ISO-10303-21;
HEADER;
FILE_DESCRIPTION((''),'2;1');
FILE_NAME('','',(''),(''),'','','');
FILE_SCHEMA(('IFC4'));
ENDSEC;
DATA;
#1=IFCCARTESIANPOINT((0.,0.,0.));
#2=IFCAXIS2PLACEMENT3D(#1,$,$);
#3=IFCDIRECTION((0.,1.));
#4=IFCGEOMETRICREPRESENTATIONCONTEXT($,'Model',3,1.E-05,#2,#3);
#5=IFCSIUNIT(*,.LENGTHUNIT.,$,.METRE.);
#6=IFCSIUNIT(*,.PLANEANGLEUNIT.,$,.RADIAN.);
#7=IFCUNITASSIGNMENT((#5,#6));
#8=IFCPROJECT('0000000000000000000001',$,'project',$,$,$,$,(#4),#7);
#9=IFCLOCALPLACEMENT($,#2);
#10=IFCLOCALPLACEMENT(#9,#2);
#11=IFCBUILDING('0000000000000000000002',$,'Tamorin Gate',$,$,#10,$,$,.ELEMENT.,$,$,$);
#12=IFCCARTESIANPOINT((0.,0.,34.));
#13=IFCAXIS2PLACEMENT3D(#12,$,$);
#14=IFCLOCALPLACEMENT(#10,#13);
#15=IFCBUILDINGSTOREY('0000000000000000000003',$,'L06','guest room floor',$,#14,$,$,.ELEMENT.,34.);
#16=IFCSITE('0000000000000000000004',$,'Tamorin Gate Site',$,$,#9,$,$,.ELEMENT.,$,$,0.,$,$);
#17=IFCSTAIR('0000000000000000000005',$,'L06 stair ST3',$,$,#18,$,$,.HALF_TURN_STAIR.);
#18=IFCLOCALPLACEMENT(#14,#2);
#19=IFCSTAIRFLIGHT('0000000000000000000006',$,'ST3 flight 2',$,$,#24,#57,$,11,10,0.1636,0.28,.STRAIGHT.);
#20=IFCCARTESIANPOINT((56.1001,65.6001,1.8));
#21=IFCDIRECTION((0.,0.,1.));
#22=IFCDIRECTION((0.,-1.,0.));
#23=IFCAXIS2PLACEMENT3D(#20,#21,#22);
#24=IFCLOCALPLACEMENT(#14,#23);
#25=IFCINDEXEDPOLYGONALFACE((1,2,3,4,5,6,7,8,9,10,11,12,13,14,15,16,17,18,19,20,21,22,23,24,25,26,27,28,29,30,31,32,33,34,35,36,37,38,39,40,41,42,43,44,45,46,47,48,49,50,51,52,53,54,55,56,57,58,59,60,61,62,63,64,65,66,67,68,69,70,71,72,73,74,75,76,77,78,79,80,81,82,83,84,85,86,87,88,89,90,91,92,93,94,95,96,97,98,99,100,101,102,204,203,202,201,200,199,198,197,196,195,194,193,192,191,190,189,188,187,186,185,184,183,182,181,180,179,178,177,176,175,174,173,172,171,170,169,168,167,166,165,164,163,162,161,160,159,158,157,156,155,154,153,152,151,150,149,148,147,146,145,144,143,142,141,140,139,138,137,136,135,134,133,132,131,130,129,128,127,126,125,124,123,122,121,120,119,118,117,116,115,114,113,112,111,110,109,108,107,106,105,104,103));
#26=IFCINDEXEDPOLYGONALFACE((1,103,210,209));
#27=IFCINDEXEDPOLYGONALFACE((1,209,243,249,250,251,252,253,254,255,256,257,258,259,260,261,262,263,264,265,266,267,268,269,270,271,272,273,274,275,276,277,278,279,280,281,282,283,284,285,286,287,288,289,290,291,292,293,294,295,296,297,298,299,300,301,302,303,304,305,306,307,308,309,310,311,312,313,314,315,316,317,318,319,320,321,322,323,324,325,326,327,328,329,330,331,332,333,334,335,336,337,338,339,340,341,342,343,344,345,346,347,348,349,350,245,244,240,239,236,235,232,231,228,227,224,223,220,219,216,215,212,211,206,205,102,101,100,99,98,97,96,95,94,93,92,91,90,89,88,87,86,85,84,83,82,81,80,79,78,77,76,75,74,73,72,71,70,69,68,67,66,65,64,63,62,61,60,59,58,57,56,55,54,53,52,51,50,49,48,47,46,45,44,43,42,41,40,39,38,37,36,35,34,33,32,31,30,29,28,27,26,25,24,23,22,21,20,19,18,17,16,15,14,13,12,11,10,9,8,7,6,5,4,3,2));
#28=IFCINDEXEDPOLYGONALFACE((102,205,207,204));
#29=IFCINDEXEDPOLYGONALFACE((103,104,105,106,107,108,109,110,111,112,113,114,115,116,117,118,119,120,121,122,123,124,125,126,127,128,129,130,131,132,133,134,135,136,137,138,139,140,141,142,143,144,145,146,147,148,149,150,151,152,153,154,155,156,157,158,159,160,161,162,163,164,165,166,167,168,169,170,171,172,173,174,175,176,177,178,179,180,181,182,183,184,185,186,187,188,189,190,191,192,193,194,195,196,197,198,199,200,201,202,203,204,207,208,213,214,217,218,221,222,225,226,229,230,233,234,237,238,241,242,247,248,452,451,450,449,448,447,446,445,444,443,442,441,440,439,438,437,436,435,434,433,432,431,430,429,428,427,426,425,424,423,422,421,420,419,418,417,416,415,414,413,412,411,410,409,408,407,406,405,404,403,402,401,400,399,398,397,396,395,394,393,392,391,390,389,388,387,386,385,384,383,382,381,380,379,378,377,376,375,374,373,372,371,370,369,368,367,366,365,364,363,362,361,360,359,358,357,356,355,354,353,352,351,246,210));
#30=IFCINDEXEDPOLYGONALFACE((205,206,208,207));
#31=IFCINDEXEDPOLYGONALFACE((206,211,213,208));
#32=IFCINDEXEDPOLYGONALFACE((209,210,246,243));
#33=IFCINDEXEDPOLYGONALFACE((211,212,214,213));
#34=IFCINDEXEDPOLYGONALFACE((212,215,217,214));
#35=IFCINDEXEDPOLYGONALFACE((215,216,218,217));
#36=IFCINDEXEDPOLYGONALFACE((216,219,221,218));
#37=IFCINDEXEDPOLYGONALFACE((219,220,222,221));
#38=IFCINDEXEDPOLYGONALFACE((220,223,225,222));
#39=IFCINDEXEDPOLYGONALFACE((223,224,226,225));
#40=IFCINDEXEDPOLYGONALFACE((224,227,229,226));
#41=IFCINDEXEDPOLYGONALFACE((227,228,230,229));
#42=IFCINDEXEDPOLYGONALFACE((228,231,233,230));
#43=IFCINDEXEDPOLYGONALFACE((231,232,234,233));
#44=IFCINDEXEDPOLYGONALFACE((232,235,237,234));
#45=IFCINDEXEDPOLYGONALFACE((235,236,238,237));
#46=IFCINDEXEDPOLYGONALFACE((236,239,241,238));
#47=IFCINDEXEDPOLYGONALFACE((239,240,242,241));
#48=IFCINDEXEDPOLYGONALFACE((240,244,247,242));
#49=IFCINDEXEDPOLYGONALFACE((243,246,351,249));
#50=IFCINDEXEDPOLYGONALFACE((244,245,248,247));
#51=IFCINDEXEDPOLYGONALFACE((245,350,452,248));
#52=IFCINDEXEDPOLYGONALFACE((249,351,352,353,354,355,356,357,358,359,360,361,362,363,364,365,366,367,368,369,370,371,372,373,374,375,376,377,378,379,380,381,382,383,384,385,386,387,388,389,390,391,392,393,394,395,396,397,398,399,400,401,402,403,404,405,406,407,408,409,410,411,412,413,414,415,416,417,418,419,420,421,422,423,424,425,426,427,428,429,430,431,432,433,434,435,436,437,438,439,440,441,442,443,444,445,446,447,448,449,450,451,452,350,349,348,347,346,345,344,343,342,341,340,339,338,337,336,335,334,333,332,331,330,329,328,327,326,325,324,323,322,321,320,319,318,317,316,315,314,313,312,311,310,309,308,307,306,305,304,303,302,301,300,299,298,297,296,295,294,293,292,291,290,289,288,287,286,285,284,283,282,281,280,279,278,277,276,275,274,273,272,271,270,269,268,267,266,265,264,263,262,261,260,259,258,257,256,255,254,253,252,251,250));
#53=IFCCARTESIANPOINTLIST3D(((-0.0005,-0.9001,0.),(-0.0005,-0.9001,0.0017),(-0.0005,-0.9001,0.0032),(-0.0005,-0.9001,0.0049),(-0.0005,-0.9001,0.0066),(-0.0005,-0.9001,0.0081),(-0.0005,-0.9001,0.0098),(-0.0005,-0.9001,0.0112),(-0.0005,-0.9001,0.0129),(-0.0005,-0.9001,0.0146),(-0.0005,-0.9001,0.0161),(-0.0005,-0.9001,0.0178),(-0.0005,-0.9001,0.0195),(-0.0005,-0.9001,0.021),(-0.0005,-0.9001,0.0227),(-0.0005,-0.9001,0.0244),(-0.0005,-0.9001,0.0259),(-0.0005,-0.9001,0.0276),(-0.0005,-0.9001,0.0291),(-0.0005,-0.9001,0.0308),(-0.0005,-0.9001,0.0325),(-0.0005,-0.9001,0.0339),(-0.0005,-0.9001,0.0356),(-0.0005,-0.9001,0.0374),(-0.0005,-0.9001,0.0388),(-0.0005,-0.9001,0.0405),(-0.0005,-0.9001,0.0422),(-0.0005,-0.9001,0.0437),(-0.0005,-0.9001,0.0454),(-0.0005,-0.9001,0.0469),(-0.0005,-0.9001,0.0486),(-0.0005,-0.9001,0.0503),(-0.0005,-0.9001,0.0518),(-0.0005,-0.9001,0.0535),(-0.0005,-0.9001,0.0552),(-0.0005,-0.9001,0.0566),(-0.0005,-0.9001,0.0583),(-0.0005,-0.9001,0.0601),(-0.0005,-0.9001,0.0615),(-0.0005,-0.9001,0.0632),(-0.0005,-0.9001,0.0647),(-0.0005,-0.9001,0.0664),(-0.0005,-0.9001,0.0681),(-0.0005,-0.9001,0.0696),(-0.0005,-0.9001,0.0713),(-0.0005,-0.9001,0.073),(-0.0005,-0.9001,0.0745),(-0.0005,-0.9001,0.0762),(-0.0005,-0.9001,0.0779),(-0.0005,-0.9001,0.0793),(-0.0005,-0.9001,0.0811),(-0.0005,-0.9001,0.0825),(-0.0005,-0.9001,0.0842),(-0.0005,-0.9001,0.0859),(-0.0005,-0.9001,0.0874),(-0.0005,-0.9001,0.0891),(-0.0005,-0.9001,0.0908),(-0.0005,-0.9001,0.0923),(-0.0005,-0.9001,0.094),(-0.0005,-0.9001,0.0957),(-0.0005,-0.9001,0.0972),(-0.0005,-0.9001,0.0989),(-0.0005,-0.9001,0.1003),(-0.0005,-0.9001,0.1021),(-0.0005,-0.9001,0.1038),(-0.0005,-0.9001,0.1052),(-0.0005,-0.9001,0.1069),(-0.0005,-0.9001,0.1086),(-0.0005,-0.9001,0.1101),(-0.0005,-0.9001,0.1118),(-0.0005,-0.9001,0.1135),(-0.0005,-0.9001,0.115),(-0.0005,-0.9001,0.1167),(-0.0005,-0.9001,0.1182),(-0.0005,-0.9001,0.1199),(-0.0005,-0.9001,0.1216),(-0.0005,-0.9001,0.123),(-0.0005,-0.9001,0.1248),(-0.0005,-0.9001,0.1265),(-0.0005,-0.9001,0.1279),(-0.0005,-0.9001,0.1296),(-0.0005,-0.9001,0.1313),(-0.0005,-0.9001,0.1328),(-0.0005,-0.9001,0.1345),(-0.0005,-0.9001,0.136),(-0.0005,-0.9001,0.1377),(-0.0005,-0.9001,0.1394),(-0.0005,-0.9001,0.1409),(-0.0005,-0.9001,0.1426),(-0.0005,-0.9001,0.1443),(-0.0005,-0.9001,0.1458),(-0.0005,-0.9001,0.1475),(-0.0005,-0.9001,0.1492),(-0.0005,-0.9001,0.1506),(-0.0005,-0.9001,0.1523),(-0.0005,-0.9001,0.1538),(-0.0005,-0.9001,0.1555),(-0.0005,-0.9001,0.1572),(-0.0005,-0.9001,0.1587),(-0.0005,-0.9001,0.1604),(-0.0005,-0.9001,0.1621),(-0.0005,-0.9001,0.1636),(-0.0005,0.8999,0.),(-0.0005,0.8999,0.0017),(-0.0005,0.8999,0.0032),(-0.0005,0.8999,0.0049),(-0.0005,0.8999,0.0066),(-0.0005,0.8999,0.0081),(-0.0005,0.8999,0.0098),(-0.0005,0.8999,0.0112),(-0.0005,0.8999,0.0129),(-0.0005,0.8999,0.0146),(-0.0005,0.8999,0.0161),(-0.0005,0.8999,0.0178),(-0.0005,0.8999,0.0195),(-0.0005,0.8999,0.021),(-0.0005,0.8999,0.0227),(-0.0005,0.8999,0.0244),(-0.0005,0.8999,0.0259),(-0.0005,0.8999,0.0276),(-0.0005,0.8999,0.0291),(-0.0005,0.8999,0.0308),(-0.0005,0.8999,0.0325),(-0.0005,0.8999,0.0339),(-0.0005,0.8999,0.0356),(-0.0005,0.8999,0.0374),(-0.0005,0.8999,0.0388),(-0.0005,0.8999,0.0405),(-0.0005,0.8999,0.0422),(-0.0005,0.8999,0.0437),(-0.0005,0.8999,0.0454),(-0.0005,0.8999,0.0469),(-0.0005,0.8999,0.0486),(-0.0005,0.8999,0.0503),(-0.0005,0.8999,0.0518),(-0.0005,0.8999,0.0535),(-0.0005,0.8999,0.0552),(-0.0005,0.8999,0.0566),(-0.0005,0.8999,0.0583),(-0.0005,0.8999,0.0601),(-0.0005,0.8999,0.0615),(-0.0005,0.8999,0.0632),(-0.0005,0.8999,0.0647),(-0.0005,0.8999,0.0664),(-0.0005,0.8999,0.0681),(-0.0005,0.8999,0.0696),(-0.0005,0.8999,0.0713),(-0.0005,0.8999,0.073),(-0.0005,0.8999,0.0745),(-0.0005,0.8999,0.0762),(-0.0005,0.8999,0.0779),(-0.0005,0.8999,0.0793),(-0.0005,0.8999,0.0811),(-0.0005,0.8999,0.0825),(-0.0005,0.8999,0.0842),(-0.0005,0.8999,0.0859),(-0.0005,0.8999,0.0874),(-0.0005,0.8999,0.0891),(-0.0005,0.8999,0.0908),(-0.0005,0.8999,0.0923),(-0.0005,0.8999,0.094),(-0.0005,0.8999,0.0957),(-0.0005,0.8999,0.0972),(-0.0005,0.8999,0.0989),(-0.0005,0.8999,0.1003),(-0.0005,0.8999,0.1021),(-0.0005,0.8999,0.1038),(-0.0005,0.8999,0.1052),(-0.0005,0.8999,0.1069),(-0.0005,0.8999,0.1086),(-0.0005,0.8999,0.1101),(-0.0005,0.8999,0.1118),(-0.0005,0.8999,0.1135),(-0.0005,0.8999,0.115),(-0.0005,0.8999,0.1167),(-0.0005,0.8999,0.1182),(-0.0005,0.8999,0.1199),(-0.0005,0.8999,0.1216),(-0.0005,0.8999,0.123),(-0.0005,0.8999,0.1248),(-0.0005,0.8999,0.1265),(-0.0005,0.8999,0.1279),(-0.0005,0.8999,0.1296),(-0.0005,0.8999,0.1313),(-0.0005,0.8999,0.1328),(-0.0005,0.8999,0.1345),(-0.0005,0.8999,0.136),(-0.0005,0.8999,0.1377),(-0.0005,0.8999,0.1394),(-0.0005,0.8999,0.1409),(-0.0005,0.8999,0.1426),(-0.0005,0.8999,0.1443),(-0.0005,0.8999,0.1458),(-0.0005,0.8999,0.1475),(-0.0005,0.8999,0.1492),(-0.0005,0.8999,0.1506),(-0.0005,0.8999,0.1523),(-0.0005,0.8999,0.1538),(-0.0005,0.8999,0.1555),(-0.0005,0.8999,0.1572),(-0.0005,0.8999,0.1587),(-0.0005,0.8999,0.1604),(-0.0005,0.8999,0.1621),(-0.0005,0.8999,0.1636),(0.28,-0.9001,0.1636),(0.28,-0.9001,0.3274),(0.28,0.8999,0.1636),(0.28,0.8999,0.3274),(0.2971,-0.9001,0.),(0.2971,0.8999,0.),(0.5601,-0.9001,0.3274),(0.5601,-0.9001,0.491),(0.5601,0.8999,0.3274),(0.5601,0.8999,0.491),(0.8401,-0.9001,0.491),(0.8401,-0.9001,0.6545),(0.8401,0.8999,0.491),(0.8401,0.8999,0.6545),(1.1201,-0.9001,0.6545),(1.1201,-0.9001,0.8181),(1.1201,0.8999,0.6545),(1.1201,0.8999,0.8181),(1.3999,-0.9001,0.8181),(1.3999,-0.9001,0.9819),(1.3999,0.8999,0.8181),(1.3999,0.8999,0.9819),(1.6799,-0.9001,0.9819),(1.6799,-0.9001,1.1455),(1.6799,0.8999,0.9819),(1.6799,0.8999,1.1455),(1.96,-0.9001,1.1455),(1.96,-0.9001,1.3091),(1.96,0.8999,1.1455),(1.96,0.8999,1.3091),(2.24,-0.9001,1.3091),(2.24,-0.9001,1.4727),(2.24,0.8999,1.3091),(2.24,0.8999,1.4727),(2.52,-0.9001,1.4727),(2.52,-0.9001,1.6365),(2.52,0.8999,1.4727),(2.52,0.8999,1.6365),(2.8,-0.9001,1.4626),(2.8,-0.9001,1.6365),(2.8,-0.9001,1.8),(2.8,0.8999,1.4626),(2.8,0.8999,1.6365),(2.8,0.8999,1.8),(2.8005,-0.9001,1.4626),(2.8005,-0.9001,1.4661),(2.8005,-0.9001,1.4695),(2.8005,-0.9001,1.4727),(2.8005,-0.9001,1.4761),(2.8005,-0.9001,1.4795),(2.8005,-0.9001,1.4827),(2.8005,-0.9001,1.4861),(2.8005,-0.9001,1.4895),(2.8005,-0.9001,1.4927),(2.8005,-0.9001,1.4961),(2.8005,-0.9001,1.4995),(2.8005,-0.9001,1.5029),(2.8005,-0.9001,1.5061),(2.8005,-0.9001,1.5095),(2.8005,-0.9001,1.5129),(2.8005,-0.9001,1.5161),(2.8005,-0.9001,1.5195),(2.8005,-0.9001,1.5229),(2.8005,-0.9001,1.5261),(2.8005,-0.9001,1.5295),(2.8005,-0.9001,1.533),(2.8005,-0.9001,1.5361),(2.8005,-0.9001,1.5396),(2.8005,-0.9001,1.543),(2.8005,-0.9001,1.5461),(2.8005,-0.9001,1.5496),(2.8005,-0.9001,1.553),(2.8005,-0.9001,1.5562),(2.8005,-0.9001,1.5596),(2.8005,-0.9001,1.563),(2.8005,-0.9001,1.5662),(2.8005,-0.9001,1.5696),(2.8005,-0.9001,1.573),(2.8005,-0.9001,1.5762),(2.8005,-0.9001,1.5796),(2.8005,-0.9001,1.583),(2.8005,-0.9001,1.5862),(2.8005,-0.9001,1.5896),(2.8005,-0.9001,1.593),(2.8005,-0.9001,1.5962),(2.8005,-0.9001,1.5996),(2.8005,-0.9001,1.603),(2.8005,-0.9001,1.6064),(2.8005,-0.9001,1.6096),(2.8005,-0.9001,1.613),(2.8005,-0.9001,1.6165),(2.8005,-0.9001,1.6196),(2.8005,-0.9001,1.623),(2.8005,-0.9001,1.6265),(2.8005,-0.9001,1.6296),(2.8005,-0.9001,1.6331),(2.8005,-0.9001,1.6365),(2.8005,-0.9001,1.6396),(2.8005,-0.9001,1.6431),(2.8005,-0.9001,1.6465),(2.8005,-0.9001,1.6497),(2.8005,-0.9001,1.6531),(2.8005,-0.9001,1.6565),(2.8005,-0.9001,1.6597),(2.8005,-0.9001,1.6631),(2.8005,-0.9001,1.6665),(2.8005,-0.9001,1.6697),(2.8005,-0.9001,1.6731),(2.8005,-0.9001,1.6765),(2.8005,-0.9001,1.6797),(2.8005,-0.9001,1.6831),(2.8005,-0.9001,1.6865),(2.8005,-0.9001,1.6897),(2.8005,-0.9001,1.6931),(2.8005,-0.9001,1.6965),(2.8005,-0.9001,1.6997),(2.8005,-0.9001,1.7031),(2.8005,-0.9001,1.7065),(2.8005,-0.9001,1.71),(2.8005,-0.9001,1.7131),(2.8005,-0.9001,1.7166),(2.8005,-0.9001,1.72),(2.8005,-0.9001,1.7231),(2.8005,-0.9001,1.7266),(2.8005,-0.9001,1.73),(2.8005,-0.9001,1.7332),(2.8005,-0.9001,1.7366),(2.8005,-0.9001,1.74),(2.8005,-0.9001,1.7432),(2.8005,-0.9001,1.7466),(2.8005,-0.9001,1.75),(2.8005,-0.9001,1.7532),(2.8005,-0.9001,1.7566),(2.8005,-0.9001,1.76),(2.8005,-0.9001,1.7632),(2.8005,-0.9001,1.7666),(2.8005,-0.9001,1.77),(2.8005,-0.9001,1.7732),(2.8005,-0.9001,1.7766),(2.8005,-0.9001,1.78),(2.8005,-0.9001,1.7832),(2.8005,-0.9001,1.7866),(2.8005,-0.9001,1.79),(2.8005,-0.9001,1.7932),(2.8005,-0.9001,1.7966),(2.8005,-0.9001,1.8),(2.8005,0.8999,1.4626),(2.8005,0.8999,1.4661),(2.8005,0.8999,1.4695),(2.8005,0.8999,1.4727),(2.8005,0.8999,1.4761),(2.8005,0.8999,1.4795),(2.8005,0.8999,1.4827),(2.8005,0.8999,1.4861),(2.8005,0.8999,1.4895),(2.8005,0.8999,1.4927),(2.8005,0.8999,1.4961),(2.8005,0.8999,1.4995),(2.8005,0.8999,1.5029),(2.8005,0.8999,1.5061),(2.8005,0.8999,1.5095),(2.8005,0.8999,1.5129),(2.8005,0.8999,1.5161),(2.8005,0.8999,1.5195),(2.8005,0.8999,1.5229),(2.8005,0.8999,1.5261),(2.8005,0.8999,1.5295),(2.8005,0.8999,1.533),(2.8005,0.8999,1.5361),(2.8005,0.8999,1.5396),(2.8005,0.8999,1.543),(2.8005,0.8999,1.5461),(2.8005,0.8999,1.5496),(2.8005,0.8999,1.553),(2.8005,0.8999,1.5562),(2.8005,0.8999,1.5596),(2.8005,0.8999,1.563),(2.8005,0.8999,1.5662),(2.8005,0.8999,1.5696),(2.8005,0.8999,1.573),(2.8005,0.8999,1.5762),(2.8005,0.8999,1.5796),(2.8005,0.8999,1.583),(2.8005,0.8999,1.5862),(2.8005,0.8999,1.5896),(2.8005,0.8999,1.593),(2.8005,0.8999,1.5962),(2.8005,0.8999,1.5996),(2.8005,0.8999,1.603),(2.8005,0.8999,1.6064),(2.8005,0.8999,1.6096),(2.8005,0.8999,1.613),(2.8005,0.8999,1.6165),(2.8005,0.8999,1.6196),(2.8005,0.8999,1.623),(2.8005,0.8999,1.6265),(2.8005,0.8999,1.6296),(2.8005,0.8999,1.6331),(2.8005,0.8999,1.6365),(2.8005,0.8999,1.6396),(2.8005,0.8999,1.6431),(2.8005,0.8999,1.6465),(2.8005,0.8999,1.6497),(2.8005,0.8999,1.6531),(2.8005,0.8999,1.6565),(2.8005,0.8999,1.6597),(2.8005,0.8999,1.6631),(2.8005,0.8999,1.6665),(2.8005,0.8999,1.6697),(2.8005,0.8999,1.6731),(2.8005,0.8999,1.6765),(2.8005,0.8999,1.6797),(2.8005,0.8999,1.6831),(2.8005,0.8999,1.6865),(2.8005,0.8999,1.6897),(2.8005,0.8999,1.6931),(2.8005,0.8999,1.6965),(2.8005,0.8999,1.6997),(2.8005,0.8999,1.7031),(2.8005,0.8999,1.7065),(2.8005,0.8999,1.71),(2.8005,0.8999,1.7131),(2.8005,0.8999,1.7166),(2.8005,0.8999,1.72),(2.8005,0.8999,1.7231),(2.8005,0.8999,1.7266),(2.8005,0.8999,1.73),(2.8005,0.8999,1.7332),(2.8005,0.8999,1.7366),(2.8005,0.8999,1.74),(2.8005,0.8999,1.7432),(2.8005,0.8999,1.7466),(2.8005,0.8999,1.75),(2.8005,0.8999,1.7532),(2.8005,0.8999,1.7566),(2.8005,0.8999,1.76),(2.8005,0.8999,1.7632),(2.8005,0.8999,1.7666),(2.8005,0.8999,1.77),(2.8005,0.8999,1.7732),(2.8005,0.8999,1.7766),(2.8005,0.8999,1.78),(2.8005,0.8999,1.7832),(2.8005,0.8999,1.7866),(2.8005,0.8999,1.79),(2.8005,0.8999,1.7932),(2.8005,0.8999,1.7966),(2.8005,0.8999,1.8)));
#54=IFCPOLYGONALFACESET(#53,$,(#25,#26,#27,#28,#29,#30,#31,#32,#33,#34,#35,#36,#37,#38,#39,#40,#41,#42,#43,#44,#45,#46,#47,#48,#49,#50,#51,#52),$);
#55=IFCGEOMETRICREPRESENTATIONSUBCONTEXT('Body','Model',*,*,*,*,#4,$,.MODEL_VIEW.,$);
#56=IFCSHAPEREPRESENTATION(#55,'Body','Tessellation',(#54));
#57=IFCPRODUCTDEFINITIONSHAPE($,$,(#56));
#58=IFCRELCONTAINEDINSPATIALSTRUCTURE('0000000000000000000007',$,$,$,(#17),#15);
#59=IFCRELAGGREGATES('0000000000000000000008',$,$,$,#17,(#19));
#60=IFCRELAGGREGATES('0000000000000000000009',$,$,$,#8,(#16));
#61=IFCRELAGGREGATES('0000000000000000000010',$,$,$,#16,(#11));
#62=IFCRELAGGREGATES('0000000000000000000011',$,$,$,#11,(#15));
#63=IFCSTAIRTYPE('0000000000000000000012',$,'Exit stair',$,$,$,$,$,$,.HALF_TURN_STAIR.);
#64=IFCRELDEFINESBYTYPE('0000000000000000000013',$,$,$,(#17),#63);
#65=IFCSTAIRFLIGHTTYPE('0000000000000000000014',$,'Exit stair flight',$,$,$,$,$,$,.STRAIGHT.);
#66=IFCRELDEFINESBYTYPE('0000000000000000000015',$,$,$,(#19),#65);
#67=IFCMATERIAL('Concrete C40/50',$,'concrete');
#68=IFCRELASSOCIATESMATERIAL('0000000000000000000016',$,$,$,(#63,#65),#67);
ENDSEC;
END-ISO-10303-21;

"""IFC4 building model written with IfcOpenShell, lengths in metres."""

from ifc_helpers import new_model, si_unit, direction, frame, origin, place, context, subcontext, project, spatial, polyline, outline, extrude, material, type_object, element, aggregate, save


model = new_model("IFC4")

# Units and contexts
model_context = context("Model", 3, precision=1e-05, world=origin(), true_north=direction((0.0, 1.0)))
body_context = subcontext(model_context, "Body", "Model", "MODEL_VIEW")
ifc_project = project(units=[si_unit("LENGTHUNIT", "METRE"), si_unit("PLANEANGLEUNIT", "RADIAN")], contexts=[model_context])

# Site, building, storey
site_placement = place(None, origin())
site = spatial("IfcSite", under=ifc_project, at=site_placement, Name="Tamorin Gate Site", CompositionType="ELEMENT", RefElevation=0.0)
building_placement = place(site_placement, origin())
building = spatial("IfcBuilding", under=site, at=building_placement, Name="Tamorin Gate", CompositionType="ELEMENT")
storey_placement = place(building_placement, frame((0.0, 0.0, 34.0)))
storey = spatial("IfcBuildingStorey", under=building, at=storey_placement, Name="L06", Description="guest room floor", CompositionType="ELEMENT", Elevation=34.0)

# Shared definitions
ifc_material_1 = material(Name="Concrete C40/50", Category="concrete")

# Stair, stair flight
stair_type = type_object("IfcStairType", Name="Exit stair", PredefinedType="HALF_TURN_STAIR", material=ifc_material_1)
stair_placement = place(storey_placement, origin())
stair = element("IfcStair", 1, at=stair_placement, inside=storey, type_object=stair_type, Name="L06 stair ST3", PredefinedType="HALF_TURN_STAIR")
stair_flight_type = type_object("IfcStairFlightType", Name="Exit stair flight", PredefinedType="STRAIGHT", material=ifc_material_1)
stair_flight_1_placement = place(storey_placement, frame((56.1001, 65.6001, 1.8), z_axis=(0.0, 0.0, 1.0), x_axis=(0.0, -1.0, 0.0)))
stair_flight_1 = element("IfcStairFlight", 2, at=stair_flight_1_placement, type_object=stair_flight_type, Name="ST3 flight 2", NumberOfRisers=11, NumberOfTreads=10, PredefinedType="STRAIGHT", RiserHeight=0.1636, TreadLength=0.28, context=body_context, shape_type="SweptSolid", body=[
    extrude(outline(polyline([(-0.0005, 0.0), (-0.0005, 0.0017), (-0.0005, 0.0032), (-0.0005, 0.0049), (-0.0005, 0.0066), (-0.0005, 0.0081), (-0.0005, 0.0098), (-0.0005, 0.0112), (-0.0005, 0.0129), (-0.0005, 0.0146), (-0.0005, 0.0161), (-0.0005, 0.0178), (-0.0005, 0.0195), (-0.0005, 0.021), (-0.0005, 0.0227), (-0.0005, 0.0244), (-0.0005, 0.0259), (-0.0005, 0.0276), (-0.0005, 0.0291), (-0.0005, 0.0308), (-0.0005, 0.0325), (-0.0005, 0.0339), (-0.0005, 0.0356), (-0.0005, 0.0374), (-0.0005, 0.0388), (-0.0005, 0.0405), (-0.0005, 0.0422), (-0.0005, 0.0437), (-0.0005, 0.0454), (-0.0005, 0.0469), (-0.0005, 0.0486), (-0.0005, 0.0503), (-0.0005, 0.0518), (-0.0005, 0.0535), (-0.0005, 0.0552), (-0.0005, 0.0566), (-0.0005, 0.0583), (-0.0005, 0.0601), (-0.0005, 0.0615), (-0.0005, 0.0632), (-0.0005, 0.0647), (-0.0005, 0.0664), (-0.0005, 0.0681), (-0.0005, 0.0696), (-0.0005, 0.0713), (-0.0005, 0.073), (-0.0005, 0.0745), (-0.0005, 0.0762), (-0.0005, 0.0779), (-0.0005, 0.0793), (-0.0005, 0.0811), (-0.0005, 0.0825), (-0.0005, 0.0842), (-0.0005, 0.0859), (-0.0005, 0.0874), (-0.0005, 0.0891), (-0.0005, 0.0908), (-0.0005, 0.0923), (-0.0005, 0.094), (-0.0005, 0.0957), (-0.0005, 0.0972), (-0.0005, 0.0989), (-0.0005, 0.1003), (-0.0005, 0.1021), (-0.0005, 0.1038), (-0.0005, 0.1052), (-0.0005, 0.1069), (-0.0005, 0.1086), (-0.0005, 0.1101), (-0.0005, 0.1118), (-0.0005, 0.1135), (-0.0005, 0.115), (-0.0005, 0.1167), (-0.0005, 0.1182), (-0.0005, 0.1199), (-0.0005, 0.1216), (-0.0005, 0.123), (-0.0005, 0.1248), (-0.0005, 0.1265), (-0.0005, 0.1279), (-0.0005, 0.1296), (-0.0005, 0.1313), (-0.0005, 0.1328), (-0.0005, 0.1345), (-0.0005, 0.136), (-0.0005, 0.1377), (-0.0005, 0.1394), (-0.0005, 0.1409), (-0.0005, 0.1426), (-0.0005, 0.1443), (-0.0005, 0.1458), (-0.0005, 0.1475), (-0.0005, 0.1492), (-0.0005, 0.1506), (-0.0005, 0.1523), (-0.0005, 0.1538), (-0.0005, 0.1555), (-0.0005, 0.1572), (-0.0005, 0.1587), (-0.0005, 0.1604), (-0.0005, 0.1621), (-0.0005, 0.1636), (0.28, 0.1636), (0.28, 0.3274), (0.5601, 0.3274), (0.5601, 0.491), (0.8401, 0.491), (0.8401, 0.6545), (1.1201, 0.6545), (1.1201, 0.8181), (1.3999, 0.8181), (1.3999, 0.9819), (1.6799, 0.9819), (1.6799, 1.1455), (1.96, 1.1455), (1.96, 1.3091), (2.24, 1.3091), (2.24, 1.4727), (2.52, 1.4727), (2.52, 1.6365), (2.8, 1.6365), (2.8, 1.8), (2.8005, 1.8), (2.8005, 1.7966), (2.8005, 1.7932), (2.8005, 1.79), (2.8005, 1.7866), (2.8005, 1.7832), (2.8005, 1.78), (2.8005, 1.7766), (2.8005, 1.7732), (2.8005, 1.77), (2.8005, 1.7666), (2.8005, 1.7632), (2.8005, 1.76), (2.8005, 1.7566), (2.8005, 1.7532), (2.8005, 1.75), (2.8005, 1.7466), (2.8005, 1.7432), (2.8005, 1.74), (2.8005, 1.7366), (2.8005, 1.7332), (2.8005, 1.73), (2.8005, 1.7266), (2.8005, 1.7231), (2.8005, 1.72), (2.8005, 1.7166), (2.8005, 1.7131), (2.8005, 1.71), (2.8005, 1.7065), (2.8005, 1.7031), (2.8005, 1.6997), (2.8005, 1.6965), (2.8005, 1.6931), (2.8005, 1.6897), (2.8005, 1.6865), (2.8005, 1.6831), (2.8005, 1.6797), (2.8005, 1.6765), (2.8005, 1.6731), (2.8005, 1.6697), (2.8005, 1.6665), (2.8005, 1.6631), (2.8005, 1.6597), (2.8005, 1.6565), (2.8005, 1.6531), (2.8005, 1.6497), (2.8005, 1.6465), (2.8005, 1.6431), (2.8005, 1.6396), (2.8005, 1.6365), (2.8005, 1.6331), (2.8005, 1.6296), (2.8005, 1.6265), (2.8005, 1.623), (2.8005, 1.6196), (2.8005, 1.6165), (2.8005, 1.613), (2.8005, 1.6096), (2.8005, 1.6064), (2.8005, 1.603), (2.8005, 1.5996), (2.8005, 1.5962), (2.8005, 1.593), (2.8005, 1.5896), (2.8005, 1.5862), (2.8005, 1.583), (2.8005, 1.5796), (2.8005, 1.5762), (2.8005, 1.573), (2.8005, 1.5696), (2.8005, 1.5662), (2.8005, 1.563), (2.8005, 1.5596), (2.8005, 1.5562), (2.8005, 1.553), (2.8005, 1.5496), (2.8005, 1.5461), (2.8005, 1.543), (2.8005, 1.5396), (2.8005, 1.5361), (2.8005, 1.533), (2.8005, 1.5295), (2.8005, 1.5261), (2.8005, 1.5229), (2.8005, 1.5195), (2.8005, 1.5161), (2.8005, 1.5129), (2.8005, 1.5095), (2.8005, 1.5061), (2.8005, 1.5029), (2.8005, 1.4995), (2.8005, 1.4961), (2.8005, 1.4927), (2.8005, 1.4895), (2.8005, 1.4861), (2.8005, 1.4827), (2.8005, 1.4795), (2.8005, 1.4761), (2.8005, 1.4727), (2.8005, 1.4695), (2.8005, 1.4661), (2.8005, 1.4626), (2.8, 1.4626), (0.2971, 0.0), (-0.0005, 0.0)])), frame((0.0, 0.8999, 0.0), z_axis=(0.0, -1.0, 0.0), x_axis=(1.0, 0.0, 0.0)), (0.0, 0.0, 1.0), 1.8),
])
aggregate(stair, [stair_flight_1])

save(model, "model.ifc")
